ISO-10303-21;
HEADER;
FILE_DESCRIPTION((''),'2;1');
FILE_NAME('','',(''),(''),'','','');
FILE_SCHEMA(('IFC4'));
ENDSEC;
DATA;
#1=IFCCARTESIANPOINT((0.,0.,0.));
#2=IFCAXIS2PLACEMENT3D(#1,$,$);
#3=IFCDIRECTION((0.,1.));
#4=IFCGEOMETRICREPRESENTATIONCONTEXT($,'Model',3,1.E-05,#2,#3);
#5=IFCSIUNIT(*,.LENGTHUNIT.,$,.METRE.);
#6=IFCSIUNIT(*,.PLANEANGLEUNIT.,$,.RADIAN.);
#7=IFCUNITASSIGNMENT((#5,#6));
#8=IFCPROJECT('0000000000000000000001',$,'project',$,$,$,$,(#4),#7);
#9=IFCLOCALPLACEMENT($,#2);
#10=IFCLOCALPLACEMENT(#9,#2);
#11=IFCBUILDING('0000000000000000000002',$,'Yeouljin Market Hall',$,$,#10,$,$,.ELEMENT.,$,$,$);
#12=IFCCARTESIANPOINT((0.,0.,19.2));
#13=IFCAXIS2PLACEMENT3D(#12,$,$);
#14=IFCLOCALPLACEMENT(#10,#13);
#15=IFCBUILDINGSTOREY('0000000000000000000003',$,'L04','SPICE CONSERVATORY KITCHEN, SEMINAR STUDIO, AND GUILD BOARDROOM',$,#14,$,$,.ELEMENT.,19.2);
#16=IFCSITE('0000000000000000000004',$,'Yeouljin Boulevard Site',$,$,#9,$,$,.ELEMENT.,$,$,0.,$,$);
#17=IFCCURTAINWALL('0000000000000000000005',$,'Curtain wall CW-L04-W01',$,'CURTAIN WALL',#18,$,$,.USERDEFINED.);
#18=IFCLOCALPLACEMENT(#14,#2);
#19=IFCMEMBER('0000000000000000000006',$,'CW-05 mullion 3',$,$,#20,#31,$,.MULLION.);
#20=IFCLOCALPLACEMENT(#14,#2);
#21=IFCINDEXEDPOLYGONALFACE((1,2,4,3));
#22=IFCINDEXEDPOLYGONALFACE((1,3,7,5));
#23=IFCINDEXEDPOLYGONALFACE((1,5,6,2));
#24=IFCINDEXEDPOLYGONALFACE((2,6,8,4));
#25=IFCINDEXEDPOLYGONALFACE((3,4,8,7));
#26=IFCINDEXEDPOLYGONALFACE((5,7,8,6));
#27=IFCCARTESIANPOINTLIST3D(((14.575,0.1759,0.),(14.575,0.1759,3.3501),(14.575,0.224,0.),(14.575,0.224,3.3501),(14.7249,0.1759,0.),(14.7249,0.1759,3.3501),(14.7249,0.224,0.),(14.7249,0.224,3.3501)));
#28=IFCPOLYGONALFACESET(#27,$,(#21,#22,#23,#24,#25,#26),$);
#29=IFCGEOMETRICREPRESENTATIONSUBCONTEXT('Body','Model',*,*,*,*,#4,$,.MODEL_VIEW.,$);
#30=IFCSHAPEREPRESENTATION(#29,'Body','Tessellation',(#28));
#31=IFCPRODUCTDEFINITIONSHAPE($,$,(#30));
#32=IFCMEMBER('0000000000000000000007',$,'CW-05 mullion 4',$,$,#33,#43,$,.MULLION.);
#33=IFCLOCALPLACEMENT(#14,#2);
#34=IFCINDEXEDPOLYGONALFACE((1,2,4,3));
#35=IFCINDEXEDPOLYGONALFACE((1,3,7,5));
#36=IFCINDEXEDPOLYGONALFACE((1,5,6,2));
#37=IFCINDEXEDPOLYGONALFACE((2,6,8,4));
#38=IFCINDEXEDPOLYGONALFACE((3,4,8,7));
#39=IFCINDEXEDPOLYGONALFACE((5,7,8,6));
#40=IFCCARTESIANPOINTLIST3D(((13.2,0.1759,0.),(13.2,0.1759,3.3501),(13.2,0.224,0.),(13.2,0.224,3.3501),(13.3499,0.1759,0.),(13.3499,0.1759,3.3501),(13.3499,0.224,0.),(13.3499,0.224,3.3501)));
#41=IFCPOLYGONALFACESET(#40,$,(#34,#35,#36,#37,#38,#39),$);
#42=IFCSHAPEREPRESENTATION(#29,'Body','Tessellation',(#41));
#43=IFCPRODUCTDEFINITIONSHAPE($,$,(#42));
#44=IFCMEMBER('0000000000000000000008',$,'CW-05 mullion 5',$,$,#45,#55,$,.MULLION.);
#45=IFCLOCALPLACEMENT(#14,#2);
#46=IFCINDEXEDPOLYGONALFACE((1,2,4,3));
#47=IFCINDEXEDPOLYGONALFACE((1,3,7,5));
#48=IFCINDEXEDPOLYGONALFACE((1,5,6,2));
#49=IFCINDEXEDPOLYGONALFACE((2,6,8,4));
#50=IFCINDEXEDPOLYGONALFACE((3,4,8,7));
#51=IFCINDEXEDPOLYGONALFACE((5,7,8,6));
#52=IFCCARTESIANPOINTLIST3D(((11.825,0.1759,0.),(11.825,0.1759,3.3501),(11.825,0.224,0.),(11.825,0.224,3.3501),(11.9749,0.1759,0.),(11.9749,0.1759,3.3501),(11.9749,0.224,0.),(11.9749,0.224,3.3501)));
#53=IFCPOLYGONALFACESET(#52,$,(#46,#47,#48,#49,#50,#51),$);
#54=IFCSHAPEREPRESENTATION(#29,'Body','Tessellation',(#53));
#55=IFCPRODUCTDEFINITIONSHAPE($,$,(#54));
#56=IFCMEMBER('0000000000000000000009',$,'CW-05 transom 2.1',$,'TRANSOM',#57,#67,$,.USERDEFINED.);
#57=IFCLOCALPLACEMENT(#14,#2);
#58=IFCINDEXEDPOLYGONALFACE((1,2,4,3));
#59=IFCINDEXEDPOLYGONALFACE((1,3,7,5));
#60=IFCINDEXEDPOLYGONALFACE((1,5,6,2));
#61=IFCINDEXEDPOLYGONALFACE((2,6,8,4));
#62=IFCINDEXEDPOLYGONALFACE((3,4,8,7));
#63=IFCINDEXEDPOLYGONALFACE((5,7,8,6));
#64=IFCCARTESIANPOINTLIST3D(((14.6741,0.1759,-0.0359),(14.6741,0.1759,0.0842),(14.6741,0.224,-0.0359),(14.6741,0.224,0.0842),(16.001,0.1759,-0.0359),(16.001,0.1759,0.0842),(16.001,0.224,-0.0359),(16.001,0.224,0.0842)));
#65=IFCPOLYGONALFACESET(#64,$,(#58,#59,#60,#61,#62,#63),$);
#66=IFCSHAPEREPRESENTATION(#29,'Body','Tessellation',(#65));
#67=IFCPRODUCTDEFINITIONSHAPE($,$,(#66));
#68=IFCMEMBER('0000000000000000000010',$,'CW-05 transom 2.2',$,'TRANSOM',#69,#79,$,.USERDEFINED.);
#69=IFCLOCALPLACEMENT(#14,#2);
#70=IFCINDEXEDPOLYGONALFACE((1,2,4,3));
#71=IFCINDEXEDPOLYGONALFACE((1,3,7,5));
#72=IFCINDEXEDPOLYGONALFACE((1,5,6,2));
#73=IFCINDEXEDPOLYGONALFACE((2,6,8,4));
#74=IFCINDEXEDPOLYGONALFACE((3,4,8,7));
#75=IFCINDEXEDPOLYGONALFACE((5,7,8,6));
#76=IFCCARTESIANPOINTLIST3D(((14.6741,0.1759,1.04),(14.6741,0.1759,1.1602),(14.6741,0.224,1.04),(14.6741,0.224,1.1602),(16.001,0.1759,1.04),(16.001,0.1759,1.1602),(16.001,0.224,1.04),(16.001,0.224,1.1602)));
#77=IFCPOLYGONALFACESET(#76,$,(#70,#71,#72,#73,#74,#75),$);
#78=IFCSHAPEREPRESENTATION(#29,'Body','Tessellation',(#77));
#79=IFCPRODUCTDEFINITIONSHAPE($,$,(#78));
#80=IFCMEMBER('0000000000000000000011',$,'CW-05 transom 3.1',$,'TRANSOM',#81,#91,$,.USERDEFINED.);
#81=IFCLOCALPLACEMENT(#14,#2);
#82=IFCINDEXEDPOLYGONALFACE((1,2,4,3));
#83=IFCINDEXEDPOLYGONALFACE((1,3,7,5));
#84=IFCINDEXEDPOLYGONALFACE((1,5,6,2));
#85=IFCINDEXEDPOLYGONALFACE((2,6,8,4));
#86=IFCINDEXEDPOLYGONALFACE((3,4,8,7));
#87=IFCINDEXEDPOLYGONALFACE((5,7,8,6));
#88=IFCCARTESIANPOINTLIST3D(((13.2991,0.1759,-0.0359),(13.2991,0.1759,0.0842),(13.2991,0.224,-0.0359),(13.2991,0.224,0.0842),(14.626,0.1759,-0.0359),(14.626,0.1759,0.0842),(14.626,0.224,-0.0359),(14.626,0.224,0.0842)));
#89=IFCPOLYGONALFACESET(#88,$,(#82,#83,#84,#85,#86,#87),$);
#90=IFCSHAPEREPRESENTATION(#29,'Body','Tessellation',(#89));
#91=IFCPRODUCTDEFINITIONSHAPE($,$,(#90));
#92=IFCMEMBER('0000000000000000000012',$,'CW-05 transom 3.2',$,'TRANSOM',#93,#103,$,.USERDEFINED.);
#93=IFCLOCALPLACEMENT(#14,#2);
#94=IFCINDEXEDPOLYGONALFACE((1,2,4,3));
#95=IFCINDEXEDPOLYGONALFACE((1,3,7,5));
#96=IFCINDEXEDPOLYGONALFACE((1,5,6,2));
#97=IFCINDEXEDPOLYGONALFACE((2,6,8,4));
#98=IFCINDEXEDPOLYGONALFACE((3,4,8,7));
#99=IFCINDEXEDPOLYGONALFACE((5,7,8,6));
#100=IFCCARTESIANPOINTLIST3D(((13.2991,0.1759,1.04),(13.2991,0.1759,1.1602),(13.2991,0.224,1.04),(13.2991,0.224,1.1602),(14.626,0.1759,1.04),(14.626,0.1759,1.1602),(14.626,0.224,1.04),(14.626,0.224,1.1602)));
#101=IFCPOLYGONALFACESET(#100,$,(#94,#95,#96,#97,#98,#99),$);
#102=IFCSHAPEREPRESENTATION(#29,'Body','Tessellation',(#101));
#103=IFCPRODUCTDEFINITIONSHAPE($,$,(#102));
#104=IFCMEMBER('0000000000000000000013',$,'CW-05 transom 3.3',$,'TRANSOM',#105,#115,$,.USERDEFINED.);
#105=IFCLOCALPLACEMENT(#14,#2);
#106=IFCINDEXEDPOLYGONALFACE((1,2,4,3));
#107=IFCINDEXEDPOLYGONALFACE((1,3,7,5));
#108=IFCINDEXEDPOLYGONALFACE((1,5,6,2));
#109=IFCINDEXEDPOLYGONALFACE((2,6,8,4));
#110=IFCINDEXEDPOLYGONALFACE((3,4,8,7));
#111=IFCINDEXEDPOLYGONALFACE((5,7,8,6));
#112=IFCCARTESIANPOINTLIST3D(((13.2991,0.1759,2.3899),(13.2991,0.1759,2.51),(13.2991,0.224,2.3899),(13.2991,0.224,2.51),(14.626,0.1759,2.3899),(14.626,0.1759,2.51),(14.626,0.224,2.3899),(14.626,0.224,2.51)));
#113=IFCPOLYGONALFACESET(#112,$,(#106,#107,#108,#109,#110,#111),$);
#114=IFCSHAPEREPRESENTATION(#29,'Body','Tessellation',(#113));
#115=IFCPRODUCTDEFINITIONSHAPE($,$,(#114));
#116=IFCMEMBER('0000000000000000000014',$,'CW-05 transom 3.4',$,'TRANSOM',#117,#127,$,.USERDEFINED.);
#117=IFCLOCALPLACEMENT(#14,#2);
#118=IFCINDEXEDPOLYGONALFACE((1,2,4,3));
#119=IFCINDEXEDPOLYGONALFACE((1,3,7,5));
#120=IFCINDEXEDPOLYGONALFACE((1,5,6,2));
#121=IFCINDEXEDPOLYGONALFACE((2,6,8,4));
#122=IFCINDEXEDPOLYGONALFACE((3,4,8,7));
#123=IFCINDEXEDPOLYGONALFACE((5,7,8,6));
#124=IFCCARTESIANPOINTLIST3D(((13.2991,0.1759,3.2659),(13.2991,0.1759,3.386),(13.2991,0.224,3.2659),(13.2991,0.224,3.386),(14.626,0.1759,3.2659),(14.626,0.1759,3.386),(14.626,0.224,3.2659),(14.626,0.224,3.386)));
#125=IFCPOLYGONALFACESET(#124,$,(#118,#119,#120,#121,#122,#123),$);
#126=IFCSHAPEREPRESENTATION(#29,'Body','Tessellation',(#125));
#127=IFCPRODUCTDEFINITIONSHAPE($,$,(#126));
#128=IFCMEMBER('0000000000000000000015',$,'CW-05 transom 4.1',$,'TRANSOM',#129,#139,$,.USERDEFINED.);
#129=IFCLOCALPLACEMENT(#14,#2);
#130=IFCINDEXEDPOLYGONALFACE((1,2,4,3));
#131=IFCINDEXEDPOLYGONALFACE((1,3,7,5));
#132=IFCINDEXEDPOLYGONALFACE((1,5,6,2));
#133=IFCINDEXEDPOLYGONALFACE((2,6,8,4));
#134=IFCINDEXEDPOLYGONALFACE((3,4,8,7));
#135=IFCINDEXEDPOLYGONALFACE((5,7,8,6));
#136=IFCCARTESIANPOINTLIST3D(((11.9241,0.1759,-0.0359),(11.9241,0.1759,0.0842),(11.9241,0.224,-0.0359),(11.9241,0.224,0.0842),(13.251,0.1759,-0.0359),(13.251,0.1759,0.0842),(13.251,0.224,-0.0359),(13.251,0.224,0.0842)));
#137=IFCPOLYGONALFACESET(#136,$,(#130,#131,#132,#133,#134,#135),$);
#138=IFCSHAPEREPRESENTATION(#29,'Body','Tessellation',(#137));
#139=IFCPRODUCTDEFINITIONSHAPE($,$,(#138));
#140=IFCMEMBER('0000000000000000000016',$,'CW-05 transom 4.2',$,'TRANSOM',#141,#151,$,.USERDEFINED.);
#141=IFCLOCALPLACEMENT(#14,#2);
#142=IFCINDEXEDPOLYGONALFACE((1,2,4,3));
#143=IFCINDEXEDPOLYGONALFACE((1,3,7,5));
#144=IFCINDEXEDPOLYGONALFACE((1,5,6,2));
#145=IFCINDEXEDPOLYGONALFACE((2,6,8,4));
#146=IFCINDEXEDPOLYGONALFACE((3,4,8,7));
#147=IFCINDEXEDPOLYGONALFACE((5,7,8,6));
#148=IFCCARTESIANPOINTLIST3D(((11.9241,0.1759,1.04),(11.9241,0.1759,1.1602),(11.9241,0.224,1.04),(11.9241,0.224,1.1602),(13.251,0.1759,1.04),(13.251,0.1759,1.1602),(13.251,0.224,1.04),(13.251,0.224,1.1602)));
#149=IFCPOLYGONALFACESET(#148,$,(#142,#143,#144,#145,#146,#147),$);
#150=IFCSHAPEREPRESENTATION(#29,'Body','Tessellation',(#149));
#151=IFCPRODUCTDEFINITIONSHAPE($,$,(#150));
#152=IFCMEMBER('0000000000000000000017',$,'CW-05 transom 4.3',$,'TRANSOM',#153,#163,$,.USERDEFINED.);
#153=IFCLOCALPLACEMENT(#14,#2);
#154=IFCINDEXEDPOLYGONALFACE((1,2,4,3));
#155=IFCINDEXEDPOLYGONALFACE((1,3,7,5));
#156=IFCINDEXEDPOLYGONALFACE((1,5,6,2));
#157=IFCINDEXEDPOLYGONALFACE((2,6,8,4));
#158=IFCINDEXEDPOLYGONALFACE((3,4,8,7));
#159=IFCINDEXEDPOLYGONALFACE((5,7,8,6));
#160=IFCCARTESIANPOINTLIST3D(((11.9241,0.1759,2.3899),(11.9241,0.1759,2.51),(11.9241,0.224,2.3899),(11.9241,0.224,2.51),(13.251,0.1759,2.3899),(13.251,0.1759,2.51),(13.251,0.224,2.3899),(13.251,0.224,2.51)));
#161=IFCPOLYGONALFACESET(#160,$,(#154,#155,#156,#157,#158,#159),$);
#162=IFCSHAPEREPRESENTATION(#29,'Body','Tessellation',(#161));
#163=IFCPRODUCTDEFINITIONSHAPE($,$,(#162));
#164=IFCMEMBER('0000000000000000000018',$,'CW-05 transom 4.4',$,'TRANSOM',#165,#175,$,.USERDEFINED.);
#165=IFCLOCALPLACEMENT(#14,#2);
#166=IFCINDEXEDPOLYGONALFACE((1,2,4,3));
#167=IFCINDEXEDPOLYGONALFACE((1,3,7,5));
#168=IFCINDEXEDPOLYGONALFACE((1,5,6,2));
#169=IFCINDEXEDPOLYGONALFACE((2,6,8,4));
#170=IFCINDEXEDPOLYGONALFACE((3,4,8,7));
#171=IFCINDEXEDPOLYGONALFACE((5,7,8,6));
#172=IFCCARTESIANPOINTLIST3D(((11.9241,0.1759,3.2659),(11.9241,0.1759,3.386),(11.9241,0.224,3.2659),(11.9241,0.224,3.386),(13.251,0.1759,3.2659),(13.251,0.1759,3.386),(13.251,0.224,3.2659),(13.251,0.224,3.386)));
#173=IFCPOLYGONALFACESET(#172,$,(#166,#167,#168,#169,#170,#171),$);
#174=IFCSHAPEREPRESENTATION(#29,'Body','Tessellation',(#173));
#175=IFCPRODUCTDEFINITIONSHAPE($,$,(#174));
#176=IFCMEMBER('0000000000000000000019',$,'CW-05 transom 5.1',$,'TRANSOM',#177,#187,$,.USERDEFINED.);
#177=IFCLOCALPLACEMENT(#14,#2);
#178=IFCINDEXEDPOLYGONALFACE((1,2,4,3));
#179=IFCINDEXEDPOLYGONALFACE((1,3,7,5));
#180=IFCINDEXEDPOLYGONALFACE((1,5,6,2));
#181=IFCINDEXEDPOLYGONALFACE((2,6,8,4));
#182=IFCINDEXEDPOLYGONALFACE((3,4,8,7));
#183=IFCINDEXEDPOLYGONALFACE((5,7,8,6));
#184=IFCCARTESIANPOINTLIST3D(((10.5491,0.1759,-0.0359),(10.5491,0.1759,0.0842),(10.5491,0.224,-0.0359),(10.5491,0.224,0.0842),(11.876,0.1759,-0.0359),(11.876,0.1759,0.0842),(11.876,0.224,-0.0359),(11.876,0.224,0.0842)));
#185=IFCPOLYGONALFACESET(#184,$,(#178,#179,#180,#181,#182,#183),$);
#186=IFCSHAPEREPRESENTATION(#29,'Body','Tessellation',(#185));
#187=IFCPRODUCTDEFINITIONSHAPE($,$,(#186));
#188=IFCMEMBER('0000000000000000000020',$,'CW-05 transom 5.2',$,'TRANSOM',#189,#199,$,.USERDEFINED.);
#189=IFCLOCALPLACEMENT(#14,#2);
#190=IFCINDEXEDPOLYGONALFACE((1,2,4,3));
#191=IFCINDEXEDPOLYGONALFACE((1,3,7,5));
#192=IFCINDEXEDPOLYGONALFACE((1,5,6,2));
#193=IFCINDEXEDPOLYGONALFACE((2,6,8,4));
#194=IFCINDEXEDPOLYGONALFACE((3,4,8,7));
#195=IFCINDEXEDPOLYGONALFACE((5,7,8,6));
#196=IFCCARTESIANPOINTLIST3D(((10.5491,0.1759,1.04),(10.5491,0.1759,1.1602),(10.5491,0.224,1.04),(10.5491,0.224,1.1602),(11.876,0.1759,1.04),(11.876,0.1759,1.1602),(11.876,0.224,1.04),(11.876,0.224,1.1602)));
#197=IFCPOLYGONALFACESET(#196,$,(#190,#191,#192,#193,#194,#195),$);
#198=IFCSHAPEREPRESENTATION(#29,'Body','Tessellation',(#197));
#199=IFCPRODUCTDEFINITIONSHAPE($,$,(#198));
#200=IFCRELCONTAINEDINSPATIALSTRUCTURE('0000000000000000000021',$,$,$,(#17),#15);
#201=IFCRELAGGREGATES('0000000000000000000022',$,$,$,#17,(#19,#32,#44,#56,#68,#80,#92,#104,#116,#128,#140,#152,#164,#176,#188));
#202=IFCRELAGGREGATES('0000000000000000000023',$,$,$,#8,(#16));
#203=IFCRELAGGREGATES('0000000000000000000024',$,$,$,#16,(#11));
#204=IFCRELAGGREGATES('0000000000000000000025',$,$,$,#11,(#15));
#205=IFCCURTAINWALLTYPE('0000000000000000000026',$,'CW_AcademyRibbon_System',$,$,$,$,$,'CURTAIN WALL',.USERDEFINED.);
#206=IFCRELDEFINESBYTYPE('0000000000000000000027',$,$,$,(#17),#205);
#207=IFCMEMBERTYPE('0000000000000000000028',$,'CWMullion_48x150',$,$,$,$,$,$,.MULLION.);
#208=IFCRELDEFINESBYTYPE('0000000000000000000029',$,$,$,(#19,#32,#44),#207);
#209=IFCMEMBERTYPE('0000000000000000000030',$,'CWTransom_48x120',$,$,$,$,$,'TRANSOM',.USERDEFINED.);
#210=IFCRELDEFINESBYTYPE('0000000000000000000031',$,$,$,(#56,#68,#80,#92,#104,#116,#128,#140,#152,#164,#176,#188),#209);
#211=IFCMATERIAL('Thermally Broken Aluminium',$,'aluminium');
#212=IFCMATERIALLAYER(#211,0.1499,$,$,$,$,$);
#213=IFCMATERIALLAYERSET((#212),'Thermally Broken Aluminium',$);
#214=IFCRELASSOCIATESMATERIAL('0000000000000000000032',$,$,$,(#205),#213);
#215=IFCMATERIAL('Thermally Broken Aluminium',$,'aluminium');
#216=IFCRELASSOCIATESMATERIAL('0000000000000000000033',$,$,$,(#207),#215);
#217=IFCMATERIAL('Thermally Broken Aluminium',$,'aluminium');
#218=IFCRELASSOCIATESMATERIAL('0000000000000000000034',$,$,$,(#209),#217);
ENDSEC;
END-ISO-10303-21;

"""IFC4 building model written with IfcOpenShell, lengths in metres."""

from ifc_helpers import new_model, si_unit, direction, frame, origin, origin_2d, place, context, subcontext, project, spatial, rectangle, extrude, material, layer, layer_set, material_profile, profile_set, type_object, element, aggregate, save


model = new_model("IFC4")

# Units and contexts
model_context = context("Model", 3, precision=1e-05, world=origin(), true_north=direction((0.0, 1.0)))
body_context = subcontext(model_context, "Body", "Model", "MODEL_VIEW")
ifc_project = project(units=[si_unit("LENGTHUNIT", "METRE"), si_unit("PLANEANGLEUNIT", "RADIAN")], contexts=[model_context])

# Site, building, storey
site_placement = place(None, origin())
site = spatial("IfcSite", under=ifc_project, at=site_placement, Name="Yeouljin Boulevard Site", CompositionType="ELEMENT", RefElevation=0.0)
building_placement = place(site_placement, origin())
building = spatial("IfcBuilding", under=site, at=building_placement, Name="Yeouljin Market Hall", CompositionType="ELEMENT")
storey_placement = place(building_placement, frame((0.0, 0.0, 19.2)))
storey = spatial("IfcBuildingStorey", under=building, at=storey_placement, Name="L04", Description="SPICE CONSERVATORY KITCHEN, SEMINAR STUDIO, AND GUILD BOARDROOM", CompositionType="ELEMENT", Elevation=19.2)

# Curtain wall, members
ifc_material_1 = material(Name="Thermally Broken Aluminium", Category="aluminium")
ifc_layer_1 = layer(ifc_material_1, 0.1499)
ifc_layer_set_1 = layer_set([ifc_layer_1], Name="Thermally Broken Aluminium")
curtain_wall_type = type_object("IfcCurtainWallType", Name="CW_AcademyRibbon_System", ElementType="CURTAIN WALL", PredefinedType="USERDEFINED", material=ifc_layer_set_1)
curtain_wall_placement = place(storey_placement, origin())
curtain_wall = element("IfcCurtainWall", 1, at=curtain_wall_placement, inside=storey, type_object=curtain_wall_type, Name="Curtain wall CW-L04-W01", ObjectType="CURTAIN WALL", PredefinedType="USERDEFINED")
ifc_material_2 = material(Name="Thermally Broken Aluminium", Category="aluminium")
ifc_material_profile_1 = material_profile(ifc_material_2, rectangle(XDim=0.0481, YDim=0.1499, at=origin_2d()), Name="CW-MULL-48x150")
ifc_profile_set_1 = profile_set([ifc_material_profile_1], Name="Thermally Broken Aluminium")
member_type_1 = type_object("IfcMemberType", Name="CWMullion_48x150", PredefinedType="MULLION", material=ifc_profile_set_1)
member_1_placement = place(storey_placement, frame((14.6499, 0.2, 0.0), z_axis=(0.0, 0.0, 1.0), x_axis=(0.0, -1.0, 0.0)))
member_1 = element("IfcMember", 2, at=member_1_placement, type_object=member_type_1, Name="CW-05 mullion 3", PredefinedType="MULLION", context=body_context, shape_type="SweptSolid", body=[
    extrude(rectangle(XDim=0.0481, YDim=0.1499, at=origin_2d()), origin(), (0.0, 0.0, 1.0), 3.3501),
])
member_2_placement = place(storey_placement, frame((13.2749, 0.2, 0.0), z_axis=(0.0, 0.0, 1.0), x_axis=(0.0, -1.0, 0.0)))
member_2 = element("IfcMember", 3, at=member_2_placement, type_object=member_type_1, Name="CW-05 mullion 4", PredefinedType="MULLION", context=body_context, shape_type="SweptSolid", body=[
    extrude(rectangle(XDim=0.0481, YDim=0.1499, at=origin_2d()), origin(), (0.0, 0.0, 1.0), 3.3501),
])
member_3_placement = place(storey_placement, frame((11.8999, 0.2, 0.0), z_axis=(0.0, 0.0, 1.0), x_axis=(0.0, -1.0, 0.0)))
member_3 = element("IfcMember", 4, at=member_3_placement, type_object=member_type_1, Name="CW-05 mullion 5", PredefinedType="MULLION", context=body_context, shape_type="SweptSolid", body=[
    extrude(rectangle(XDim=0.0481, YDim=0.1499, at=origin_2d()), origin(), (0.0, 0.0, 1.0), 3.3501),
])
ifc_material_3 = material(Name="Thermally Broken Aluminium", Category="aluminium")
ifc_material_profile_2 = material_profile(ifc_material_3, rectangle(XDim=0.0481, YDim=0.1201, at=origin_2d()), Name="CW-TRAN-48x120")
ifc_profile_set_2 = profile_set([ifc_material_profile_2], Name="Thermally Broken Aluminium")
member_type_2 = type_object("IfcMemberType", Name="CWTransom_48x120", ElementType="TRANSOM", PredefinedType="USERDEFINED", material=ifc_profile_set_2)
member_4_placement = place(storey_placement, frame((16.001, 0.2, 0.0242), z_axis=(-1.0, 0.0, 0.0), x_axis=(0.0, -1.0, 0.0)))
member_4 = element("IfcMember", 5, at=member_4_placement, type_object=member_type_2, Name="CW-05 transom 2.1", ObjectType="TRANSOM", PredefinedType="USERDEFINED", context=body_context, shape_type="SweptSolid", body=[
    extrude(rectangle(XDim=0.0481, YDim=0.1201, at=origin_2d()), origin(), (0.0, 0.0, 1.0), 1.3269),
])
member_5_placement = place(storey_placement, frame((16.001, 0.2, 1.1001), z_axis=(-1.0, 0.0, 0.0), x_axis=(0.0, -1.0, 0.0)))
member_5 = element("IfcMember", 6, at=member_5_placement, type_object=member_type_2, Name="CW-05 transom 2.2", ObjectType="TRANSOM", PredefinedType="USERDEFINED", context=body_context, shape_type="SweptSolid", body=[
    extrude(rectangle(XDim=0.0481, YDim=0.1201, at=origin_2d()), origin(), (0.0, 0.0, 1.0), 1.3269),
])
member_6_placement = place(storey_placement, frame((14.626, 0.2, 0.0242), z_axis=(-1.0, 0.0, 0.0), x_axis=(0.0, -1.0, 0.0)))
member_6 = element("IfcMember", 7, at=member_6_placement, type_object=member_type_2, Name="CW-05 transom 3.1", ObjectType="TRANSOM", PredefinedType="USERDEFINED", context=body_context, shape_type="SweptSolid", body=[
    extrude(rectangle(XDim=0.0481, YDim=0.1201, at=origin_2d()), origin(), (0.0, 0.0, 1.0), 1.3269),
])
member_7_placement = place(storey_placement, frame((14.626, 0.2, 1.1001), z_axis=(-1.0, 0.0, 0.0), x_axis=(0.0, -1.0, 0.0)))
member_7 = element("IfcMember", 8, at=member_7_placement, type_object=member_type_2, Name="CW-05 transom 3.2", ObjectType="TRANSOM", PredefinedType="USERDEFINED", context=body_context, shape_type="SweptSolid", body=[
    extrude(rectangle(XDim=0.0481, YDim=0.1201, at=origin_2d()), origin(), (0.0, 0.0, 1.0), 1.3269),
])
member_8_placement = place(storey_placement, frame((14.626, 0.2, 2.45), z_axis=(-1.0, 0.0, 0.0), x_axis=(0.0, -1.0, 0.0)))
member_8 = element("IfcMember", 9, at=member_8_placement, type_object=member_type_2, Name="CW-05 transom 3.3", ObjectType="TRANSOM", PredefinedType="USERDEFINED", context=body_context, shape_type="SweptSolid", body=[
    extrude(rectangle(XDim=0.0481, YDim=0.1201, at=origin_2d()), origin(), (0.0, 0.0, 1.0), 1.3269),
])
member_9_placement = place(storey_placement, frame((14.626, 0.2, 3.3259), z_axis=(-1.0, 0.0, 0.0), x_axis=(0.0, -1.0, 0.0)))
member_9 = element("IfcMember", 10, at=member_9_placement, type_object=member_type_2, Name="CW-05 transom 3.4", ObjectType="TRANSOM", PredefinedType="USERDEFINED", context=body_context, shape_type="SweptSolid", body=[
    extrude(rectangle(XDim=0.0481, YDim=0.1201, at=origin_2d()), origin(), (0.0, 0.0, 1.0), 1.3269),
])
member_10_placement = place(storey_placement, frame((13.251, 0.2, 0.0242), z_axis=(-1.0, 0.0, 0.0), x_axis=(0.0, -1.0, 0.0)))
member_10 = element("IfcMember", 11, at=member_10_placement, type_object=member_type_2, Name="CW-05 transom 4.1", ObjectType="TRANSOM", PredefinedType="USERDEFINED", context=body_context, shape_type="SweptSolid", body=[
    extrude(rectangle(XDim=0.0481, YDim=0.1201, at=origin_2d()), origin(), (0.0, 0.0, 1.0), 1.3269),
])
member_11_placement = place(storey_placement, frame((13.251, 0.2, 1.1001), z_axis=(-1.0, 0.0, 0.0), x_axis=(0.0, -1.0, 0.0)))
member_11 = element("IfcMember", 12, at=member_11_placement, type_object=member_type_2, Name="CW-05 transom 4.2", ObjectType="TRANSOM", PredefinedType="USERDEFINED", context=body_context, shape_type="SweptSolid", body=[
    extrude(rectangle(XDim=0.0481, YDim=0.1201, at=origin_2d()), origin(), (0.0, 0.0, 1.0), 1.3269),
])
member_12_placement = place(storey_placement, frame((13.251, 0.2, 2.45), z_axis=(-1.0, 0.0, 0.0), x_axis=(0.0, -1.0, 0.0)))
member_12 = element("IfcMember", 13, at=member_12_placement, type_object=member_type_2, Name="CW-05 transom 4.3", ObjectType="TRANSOM", PredefinedType="USERDEFINED", context=body_context, shape_type="SweptSolid", body=[
    extrude(rectangle(XDim=0.0481, YDim=0.1201, at=origin_2d()), origin(), (0.0, 0.0, 1.0), 1.3269),
])
member_13_placement = place(storey_placement, frame((13.251, 0.2, 3.3259), z_axis=(-1.0, 0.0, 0.0), x_axis=(0.0, -1.0, 0.0)))
member_13 = element("IfcMember", 14, at=member_13_placement, type_object=member_type_2, Name="CW-05 transom 4.4", ObjectType="TRANSOM", PredefinedType="USERDEFINED", context=body_context, shape_type="SweptSolid", body=[
    extrude(rectangle(XDim=0.0481, YDim=0.1201, at=origin_2d()), origin(), (0.0, 0.0, 1.0), 1.3269),
])
member_14_placement = place(storey_placement, frame((11.876, 0.2, 0.0242), z_axis=(-1.0, 0.0, 0.0), x_axis=(0.0, -1.0, 0.0)))
member_14 = element("IfcMember", 15, at=member_14_placement, type_object=member_type_2, Name="CW-05 transom 5.1", ObjectType="TRANSOM", PredefinedType="USERDEFINED", context=body_context, shape_type="SweptSolid", body=[
    extrude(rectangle(XDim=0.0481, YDim=0.1201, at=origin_2d()), origin(), (0.0, 0.0, 1.0), 1.3269),
])
member_15_placement = place(storey_placement, frame((11.876, 0.2, 1.1001), z_axis=(-1.0, 0.0, 0.0), x_axis=(0.0, -1.0, 0.0)))
member_15 = element("IfcMember", 16, at=member_15_placement, type_object=member_type_2, Name="CW-05 transom 5.2", ObjectType="TRANSOM", PredefinedType="USERDEFINED", context=body_context, shape_type="SweptSolid", body=[
    extrude(rectangle(XDim=0.0481, YDim=0.1201, at=origin_2d()), origin(), (0.0, 0.0, 1.0), 1.3269),
])

aggregate(curtain_wall, [member_1, member_2, member_3, member_4, member_5, member_6, member_7, member_8, member_9, member_10, member_11, member_12, member_13, member_14, member_15])

save(model, "model.ifc")
